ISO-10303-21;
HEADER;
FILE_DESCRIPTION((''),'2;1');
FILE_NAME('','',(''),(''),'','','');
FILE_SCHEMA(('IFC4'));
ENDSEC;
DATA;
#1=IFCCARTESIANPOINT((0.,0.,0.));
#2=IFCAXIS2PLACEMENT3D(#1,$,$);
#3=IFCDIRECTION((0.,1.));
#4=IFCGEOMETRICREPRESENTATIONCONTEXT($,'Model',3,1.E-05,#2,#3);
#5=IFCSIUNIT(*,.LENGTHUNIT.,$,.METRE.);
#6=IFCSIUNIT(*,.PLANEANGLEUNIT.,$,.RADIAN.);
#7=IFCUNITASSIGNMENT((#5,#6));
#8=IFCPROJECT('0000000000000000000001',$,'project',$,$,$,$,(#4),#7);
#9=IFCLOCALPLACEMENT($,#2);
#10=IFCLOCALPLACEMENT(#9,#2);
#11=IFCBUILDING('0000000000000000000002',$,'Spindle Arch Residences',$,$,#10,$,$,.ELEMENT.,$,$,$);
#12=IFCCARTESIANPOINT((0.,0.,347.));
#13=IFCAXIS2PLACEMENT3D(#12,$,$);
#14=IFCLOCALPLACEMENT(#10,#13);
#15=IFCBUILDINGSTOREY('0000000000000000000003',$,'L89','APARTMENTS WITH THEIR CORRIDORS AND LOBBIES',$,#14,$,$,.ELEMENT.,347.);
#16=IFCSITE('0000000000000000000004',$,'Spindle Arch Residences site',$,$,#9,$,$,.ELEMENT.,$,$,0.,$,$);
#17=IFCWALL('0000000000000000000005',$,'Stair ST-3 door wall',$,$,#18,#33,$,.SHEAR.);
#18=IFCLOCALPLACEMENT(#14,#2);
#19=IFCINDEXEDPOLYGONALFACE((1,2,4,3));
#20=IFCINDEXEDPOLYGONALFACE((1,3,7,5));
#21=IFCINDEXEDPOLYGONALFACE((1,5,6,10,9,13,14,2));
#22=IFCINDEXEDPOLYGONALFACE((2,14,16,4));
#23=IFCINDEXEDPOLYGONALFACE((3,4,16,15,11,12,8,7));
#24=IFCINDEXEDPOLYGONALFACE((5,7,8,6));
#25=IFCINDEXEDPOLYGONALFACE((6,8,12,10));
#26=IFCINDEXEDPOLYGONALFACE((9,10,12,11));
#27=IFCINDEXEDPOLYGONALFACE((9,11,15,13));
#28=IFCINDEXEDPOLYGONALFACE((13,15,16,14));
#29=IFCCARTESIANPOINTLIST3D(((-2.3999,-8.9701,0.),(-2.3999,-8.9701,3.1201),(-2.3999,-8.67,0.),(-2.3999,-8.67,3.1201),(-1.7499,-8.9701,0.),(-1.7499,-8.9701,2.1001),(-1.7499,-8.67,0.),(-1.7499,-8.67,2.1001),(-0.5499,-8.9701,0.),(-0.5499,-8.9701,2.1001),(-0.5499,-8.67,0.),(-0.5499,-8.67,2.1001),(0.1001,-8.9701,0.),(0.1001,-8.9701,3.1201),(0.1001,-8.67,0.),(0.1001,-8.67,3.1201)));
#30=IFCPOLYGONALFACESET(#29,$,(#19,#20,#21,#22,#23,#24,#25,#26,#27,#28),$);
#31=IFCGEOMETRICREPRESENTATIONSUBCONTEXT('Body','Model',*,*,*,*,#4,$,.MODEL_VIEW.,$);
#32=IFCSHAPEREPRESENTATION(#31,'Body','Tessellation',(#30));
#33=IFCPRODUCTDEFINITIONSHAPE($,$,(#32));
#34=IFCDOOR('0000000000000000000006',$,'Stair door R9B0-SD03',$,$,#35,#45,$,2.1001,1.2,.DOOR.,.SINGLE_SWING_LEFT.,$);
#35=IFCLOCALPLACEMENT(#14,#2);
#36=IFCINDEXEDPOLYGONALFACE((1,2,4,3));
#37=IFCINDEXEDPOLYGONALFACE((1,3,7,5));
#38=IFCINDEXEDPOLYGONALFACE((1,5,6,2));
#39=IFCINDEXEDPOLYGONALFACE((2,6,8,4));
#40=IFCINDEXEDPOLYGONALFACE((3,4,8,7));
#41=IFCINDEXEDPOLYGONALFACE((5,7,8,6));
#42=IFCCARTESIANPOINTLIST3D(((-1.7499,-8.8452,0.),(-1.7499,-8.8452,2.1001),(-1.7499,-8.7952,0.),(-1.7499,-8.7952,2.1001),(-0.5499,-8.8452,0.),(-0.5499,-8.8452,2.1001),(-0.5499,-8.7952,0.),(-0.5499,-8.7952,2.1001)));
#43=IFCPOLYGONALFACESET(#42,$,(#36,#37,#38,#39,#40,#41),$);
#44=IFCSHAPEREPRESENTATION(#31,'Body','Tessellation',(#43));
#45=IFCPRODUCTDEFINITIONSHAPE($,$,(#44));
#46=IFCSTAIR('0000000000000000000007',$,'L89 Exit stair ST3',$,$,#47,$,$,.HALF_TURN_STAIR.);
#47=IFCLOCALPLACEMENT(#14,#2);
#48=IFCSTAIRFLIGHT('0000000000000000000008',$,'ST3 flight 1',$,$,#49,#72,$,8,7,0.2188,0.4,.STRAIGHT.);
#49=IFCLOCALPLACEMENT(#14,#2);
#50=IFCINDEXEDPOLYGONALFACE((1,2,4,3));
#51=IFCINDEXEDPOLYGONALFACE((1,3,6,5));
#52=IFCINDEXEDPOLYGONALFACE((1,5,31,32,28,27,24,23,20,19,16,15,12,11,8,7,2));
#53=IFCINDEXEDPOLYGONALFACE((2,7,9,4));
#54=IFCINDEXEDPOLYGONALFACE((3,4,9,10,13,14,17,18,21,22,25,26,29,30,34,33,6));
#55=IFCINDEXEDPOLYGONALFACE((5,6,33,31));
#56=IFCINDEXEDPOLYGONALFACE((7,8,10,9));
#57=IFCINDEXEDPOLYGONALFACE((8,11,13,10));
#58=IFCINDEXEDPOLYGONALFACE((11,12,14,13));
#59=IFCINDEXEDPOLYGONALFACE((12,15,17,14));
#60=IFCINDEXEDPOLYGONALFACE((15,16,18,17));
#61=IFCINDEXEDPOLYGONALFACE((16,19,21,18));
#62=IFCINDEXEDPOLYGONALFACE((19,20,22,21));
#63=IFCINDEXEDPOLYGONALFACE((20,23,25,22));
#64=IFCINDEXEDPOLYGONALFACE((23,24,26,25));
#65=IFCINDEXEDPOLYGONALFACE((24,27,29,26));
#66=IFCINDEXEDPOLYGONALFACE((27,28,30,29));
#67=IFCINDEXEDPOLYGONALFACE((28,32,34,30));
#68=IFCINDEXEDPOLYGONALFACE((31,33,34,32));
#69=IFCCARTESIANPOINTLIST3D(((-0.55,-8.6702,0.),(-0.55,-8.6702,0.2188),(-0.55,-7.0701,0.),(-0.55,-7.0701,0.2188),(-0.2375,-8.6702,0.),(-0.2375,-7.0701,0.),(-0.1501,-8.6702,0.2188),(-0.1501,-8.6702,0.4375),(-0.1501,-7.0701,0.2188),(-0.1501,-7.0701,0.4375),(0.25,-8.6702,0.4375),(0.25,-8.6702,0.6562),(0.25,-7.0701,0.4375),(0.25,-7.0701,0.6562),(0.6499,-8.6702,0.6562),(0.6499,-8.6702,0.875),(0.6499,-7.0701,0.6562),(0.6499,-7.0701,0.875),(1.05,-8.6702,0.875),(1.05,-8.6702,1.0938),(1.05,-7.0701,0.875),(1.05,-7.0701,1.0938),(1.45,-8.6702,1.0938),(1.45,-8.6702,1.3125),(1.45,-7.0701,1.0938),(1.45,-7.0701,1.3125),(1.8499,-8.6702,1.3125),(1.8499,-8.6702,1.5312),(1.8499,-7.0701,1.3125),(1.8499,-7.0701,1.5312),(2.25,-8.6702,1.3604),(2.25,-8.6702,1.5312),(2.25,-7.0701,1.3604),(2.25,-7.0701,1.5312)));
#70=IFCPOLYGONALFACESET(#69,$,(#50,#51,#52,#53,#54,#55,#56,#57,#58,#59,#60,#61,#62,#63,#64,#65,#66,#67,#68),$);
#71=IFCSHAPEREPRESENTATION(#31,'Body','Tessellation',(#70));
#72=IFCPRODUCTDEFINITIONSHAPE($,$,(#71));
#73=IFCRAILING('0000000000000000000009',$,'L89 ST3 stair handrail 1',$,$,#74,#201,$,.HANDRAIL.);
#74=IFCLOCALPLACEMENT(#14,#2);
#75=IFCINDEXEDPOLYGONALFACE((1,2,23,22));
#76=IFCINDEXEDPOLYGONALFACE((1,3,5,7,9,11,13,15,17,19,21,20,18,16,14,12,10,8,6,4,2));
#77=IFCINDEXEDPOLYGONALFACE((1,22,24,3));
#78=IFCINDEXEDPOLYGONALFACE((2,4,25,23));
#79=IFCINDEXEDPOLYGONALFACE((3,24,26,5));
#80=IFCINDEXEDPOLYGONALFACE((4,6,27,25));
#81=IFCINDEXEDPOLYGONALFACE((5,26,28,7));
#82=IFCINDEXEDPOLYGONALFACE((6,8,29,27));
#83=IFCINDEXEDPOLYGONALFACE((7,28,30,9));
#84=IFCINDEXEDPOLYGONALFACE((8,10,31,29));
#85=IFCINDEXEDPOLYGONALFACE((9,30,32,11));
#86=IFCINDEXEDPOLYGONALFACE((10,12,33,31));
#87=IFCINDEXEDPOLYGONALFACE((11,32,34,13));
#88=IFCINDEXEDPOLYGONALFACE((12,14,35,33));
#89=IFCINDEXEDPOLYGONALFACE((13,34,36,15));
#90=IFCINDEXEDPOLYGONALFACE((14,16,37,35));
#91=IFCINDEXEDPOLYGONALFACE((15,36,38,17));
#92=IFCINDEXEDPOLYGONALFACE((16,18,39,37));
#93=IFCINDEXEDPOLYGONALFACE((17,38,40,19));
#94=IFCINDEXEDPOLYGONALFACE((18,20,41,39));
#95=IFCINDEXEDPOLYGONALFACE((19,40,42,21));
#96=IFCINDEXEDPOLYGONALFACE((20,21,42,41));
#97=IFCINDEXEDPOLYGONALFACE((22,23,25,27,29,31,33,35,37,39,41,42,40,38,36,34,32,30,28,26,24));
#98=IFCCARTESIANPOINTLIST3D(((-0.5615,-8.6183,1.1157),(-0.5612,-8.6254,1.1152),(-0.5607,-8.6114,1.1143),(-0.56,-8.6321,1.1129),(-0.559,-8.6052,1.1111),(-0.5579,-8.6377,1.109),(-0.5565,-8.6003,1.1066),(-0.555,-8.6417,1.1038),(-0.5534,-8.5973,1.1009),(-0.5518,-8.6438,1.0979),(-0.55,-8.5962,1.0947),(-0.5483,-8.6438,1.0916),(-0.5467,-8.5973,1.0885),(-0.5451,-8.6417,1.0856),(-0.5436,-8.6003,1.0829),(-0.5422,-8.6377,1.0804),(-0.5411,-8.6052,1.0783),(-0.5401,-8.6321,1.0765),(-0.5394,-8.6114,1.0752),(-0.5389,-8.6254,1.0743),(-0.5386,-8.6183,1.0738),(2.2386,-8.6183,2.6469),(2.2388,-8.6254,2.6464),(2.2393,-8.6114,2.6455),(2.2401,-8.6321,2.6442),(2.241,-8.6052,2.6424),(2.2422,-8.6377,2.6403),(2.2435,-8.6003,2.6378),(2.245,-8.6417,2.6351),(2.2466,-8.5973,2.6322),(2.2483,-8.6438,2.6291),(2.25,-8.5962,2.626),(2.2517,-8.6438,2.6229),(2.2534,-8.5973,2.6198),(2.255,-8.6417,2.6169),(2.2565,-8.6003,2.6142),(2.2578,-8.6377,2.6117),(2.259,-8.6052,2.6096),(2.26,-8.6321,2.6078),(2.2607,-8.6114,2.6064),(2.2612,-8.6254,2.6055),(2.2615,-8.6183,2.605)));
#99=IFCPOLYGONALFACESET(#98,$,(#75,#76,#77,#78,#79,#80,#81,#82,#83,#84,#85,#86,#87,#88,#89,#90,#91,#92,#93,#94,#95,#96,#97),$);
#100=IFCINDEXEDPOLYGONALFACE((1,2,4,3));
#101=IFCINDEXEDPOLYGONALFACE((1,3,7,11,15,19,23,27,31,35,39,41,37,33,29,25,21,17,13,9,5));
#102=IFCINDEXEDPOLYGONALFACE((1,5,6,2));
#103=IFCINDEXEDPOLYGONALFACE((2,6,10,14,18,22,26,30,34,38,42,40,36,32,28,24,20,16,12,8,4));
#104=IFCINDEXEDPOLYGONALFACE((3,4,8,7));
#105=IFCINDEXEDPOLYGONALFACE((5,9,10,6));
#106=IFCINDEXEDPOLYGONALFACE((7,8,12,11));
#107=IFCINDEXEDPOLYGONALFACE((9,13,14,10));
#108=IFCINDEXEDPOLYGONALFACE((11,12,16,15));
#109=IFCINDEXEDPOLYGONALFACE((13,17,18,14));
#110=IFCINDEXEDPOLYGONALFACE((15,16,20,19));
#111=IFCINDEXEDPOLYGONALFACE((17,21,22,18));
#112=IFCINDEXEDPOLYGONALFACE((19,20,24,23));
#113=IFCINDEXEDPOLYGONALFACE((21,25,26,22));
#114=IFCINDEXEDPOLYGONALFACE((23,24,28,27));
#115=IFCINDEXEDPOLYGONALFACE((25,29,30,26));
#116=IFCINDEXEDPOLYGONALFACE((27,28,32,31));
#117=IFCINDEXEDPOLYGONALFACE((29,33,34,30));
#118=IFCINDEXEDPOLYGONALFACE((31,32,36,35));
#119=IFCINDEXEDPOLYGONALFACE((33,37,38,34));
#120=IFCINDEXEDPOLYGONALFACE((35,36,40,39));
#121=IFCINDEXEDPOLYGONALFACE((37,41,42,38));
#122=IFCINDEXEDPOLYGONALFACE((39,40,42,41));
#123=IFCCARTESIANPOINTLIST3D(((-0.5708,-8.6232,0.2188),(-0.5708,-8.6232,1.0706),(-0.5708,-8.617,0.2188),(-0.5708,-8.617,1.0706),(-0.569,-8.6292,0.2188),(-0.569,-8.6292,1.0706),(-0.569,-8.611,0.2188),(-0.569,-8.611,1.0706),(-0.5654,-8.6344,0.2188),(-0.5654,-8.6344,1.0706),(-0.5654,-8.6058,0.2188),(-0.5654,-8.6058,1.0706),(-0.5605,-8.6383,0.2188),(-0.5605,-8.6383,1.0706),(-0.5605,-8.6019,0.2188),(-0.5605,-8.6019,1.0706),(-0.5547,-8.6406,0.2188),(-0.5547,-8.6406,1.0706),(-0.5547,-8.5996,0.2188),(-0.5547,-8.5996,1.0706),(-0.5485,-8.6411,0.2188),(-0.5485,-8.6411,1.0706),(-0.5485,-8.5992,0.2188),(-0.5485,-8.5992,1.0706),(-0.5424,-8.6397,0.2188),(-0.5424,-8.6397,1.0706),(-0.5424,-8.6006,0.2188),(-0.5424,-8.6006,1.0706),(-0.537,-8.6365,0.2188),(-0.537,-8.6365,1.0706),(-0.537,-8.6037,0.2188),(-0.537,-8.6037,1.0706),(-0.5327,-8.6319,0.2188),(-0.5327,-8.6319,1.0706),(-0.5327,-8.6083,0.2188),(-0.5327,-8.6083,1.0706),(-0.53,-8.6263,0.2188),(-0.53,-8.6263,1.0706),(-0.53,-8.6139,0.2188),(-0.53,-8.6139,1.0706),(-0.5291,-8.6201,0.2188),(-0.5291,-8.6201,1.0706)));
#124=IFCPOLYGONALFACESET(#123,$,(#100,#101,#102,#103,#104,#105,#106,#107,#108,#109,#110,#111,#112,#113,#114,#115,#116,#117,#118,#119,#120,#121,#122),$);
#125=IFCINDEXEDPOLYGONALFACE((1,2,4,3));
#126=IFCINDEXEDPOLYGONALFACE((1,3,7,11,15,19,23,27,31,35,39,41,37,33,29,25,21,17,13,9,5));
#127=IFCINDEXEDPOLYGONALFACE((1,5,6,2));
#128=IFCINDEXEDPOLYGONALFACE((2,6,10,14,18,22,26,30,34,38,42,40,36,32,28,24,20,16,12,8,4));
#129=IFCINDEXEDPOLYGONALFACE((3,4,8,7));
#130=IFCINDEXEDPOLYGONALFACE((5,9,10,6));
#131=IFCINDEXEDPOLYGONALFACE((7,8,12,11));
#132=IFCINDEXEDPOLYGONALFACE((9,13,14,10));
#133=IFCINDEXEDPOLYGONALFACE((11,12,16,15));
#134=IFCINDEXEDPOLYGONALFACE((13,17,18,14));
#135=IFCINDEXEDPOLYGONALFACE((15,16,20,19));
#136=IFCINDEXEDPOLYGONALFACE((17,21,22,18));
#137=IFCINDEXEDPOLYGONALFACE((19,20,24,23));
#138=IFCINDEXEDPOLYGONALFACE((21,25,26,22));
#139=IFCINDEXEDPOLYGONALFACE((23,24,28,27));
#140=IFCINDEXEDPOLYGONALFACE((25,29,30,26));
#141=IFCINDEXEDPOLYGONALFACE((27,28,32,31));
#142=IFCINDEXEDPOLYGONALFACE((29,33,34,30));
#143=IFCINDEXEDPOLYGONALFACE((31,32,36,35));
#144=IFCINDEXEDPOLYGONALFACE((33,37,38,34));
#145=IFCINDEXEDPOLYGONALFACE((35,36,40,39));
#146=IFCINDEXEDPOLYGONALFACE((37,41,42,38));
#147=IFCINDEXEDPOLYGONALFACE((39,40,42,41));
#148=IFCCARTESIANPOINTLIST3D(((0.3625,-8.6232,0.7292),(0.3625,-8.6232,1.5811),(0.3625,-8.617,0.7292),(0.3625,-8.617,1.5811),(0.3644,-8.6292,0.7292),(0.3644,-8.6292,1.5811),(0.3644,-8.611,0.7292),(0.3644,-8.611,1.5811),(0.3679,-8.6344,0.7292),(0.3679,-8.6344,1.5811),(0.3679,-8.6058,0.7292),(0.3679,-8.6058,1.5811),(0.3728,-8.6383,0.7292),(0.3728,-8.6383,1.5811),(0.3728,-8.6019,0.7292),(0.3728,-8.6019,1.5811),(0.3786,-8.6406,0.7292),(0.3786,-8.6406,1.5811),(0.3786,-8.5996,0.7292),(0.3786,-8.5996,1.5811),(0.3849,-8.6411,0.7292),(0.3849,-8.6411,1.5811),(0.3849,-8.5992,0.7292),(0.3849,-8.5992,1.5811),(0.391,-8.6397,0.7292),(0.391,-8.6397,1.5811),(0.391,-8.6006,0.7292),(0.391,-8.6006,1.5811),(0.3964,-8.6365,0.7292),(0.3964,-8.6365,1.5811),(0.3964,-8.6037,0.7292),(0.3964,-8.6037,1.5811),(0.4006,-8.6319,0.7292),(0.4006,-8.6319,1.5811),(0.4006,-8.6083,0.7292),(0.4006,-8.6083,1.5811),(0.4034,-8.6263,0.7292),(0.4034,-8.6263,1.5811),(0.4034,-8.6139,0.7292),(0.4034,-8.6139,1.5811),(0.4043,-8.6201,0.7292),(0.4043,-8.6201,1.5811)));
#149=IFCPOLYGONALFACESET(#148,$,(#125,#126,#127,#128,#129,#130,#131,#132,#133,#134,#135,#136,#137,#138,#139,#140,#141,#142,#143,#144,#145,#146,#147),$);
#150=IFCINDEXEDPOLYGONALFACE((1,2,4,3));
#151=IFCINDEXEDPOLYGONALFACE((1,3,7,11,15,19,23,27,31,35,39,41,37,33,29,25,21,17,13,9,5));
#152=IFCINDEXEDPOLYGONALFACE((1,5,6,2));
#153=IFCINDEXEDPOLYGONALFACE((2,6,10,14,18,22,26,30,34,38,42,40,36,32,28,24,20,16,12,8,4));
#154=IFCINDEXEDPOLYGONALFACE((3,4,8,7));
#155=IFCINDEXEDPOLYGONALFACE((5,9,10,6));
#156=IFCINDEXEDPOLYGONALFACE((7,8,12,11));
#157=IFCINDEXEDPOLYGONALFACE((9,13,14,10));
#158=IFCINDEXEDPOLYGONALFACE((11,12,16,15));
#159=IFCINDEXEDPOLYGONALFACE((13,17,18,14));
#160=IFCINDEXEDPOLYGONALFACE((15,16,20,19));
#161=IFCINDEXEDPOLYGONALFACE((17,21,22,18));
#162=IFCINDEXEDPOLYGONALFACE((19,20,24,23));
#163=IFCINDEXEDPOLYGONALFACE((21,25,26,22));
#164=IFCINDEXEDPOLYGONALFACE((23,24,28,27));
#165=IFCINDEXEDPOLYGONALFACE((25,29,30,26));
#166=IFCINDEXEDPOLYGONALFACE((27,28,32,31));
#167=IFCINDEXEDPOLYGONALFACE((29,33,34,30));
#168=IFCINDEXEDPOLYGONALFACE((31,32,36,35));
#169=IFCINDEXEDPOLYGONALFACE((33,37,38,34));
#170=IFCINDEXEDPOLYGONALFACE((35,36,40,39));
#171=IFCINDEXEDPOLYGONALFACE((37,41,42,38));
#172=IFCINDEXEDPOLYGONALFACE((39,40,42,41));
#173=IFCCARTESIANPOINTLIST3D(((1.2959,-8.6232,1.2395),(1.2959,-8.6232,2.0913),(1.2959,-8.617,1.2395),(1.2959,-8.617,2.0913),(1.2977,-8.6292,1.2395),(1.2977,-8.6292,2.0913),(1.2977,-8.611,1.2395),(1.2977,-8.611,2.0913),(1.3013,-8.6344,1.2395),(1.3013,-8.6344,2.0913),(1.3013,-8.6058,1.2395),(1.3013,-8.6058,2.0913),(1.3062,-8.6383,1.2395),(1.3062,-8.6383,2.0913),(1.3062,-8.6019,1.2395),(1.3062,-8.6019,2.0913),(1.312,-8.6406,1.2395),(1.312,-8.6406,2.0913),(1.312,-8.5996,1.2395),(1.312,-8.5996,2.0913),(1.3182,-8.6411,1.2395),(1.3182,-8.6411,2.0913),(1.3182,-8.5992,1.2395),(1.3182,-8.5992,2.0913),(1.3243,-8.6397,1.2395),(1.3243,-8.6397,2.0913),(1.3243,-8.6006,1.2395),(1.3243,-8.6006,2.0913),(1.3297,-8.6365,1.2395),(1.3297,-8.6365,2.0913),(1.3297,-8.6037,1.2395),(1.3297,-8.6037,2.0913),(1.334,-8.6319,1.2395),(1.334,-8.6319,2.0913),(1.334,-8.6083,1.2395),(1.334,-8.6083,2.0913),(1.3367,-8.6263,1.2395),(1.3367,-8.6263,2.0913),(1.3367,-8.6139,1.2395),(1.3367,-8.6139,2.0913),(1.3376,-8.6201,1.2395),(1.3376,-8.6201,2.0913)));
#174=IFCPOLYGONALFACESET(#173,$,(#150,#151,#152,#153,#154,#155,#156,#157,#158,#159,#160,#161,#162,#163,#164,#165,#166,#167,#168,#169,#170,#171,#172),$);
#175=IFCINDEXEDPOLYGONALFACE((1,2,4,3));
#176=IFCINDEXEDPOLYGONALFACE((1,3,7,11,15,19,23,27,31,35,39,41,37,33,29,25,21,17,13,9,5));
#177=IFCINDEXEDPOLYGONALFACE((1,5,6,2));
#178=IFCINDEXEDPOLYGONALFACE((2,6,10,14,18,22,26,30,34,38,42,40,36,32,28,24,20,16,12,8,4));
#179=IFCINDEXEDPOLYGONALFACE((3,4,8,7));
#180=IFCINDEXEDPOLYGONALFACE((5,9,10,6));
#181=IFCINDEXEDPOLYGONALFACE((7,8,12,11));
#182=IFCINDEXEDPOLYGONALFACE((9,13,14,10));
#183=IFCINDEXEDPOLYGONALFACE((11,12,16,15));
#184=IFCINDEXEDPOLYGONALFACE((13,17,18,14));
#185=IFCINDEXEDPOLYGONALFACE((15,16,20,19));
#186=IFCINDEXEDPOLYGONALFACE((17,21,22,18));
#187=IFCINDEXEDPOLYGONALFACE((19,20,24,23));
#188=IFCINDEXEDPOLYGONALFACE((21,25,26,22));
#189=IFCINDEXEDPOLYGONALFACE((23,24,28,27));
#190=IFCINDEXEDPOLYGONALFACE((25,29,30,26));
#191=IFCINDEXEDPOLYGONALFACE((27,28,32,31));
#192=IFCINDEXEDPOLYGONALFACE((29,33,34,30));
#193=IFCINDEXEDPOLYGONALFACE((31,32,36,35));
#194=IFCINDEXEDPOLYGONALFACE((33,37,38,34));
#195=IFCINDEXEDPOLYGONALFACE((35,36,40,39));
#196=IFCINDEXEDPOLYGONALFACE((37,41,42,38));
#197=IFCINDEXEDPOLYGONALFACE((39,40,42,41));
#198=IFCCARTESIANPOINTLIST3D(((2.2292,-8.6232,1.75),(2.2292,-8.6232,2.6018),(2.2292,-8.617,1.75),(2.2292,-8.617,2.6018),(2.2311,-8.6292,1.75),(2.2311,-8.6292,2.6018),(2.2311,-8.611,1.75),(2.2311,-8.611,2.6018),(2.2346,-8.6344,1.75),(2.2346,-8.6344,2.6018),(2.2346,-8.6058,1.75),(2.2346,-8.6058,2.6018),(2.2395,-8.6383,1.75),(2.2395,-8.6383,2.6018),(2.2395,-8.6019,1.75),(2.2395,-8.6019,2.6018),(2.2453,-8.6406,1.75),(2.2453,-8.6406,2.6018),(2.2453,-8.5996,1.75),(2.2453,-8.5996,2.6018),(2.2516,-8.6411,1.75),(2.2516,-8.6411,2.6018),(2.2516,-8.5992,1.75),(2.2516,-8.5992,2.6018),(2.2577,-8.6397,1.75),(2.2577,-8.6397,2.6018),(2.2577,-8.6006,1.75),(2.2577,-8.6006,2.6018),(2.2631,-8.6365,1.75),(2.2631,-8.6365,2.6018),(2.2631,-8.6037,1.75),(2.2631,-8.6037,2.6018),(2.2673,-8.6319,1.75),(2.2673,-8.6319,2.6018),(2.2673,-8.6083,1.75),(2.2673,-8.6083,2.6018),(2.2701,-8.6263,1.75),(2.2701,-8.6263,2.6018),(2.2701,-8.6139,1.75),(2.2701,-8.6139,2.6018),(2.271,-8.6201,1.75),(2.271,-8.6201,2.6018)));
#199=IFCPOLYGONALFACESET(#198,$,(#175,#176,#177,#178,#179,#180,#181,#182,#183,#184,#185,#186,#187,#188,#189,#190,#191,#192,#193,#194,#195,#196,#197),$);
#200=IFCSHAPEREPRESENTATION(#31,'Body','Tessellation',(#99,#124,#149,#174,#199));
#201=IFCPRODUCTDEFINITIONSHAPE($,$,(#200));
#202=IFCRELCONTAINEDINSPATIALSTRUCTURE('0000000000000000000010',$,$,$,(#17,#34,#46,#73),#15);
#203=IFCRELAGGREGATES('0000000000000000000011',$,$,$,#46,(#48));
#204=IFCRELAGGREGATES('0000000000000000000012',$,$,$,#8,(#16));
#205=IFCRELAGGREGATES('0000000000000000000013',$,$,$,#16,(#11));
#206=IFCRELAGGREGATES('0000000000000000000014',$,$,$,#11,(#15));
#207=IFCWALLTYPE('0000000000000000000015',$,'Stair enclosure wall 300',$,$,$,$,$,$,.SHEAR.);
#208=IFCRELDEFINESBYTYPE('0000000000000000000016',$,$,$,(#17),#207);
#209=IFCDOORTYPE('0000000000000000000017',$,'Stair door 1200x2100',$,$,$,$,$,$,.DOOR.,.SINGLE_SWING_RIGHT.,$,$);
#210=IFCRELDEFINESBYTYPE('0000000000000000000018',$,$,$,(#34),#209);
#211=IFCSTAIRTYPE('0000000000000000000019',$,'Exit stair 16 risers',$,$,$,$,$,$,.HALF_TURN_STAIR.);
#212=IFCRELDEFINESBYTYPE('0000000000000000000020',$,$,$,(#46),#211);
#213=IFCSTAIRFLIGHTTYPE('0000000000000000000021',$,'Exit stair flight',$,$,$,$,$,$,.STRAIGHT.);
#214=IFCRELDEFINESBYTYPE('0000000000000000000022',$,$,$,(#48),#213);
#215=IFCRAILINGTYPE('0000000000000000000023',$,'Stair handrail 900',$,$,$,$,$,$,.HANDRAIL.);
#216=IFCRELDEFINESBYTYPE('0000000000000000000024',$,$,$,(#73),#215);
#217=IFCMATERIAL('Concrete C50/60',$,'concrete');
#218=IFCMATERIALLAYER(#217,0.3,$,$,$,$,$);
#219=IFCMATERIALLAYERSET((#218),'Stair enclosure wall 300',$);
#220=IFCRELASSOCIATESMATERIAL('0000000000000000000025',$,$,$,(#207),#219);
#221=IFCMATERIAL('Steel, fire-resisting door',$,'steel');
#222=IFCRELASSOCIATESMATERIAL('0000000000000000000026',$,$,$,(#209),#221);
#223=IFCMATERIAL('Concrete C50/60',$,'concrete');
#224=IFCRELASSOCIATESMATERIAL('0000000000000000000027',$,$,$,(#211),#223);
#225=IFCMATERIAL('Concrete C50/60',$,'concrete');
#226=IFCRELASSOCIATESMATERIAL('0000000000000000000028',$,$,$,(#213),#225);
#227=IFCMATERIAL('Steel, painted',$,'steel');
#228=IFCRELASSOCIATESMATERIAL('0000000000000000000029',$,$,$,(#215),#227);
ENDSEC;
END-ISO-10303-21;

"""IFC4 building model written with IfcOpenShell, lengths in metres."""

from ifc_helpers import new_model, si_unit, direction, frame, frame_2d, origin, origin_2d, place, context, subcontext, project, spatial, polyline, rectangle, circle, outline, extrude, material, layer, layer_set, type_object, element, fill, aggregate, save


model = new_model("IFC4")

# Units and contexts
model_context = context("Model", 3, precision=1e-05, world=origin(), true_north=direction((0.0, 1.0)))
body_context = subcontext(model_context, "Body", "Model", "MODEL_VIEW")
ifc_project = project(units=[si_unit("LENGTHUNIT", "METRE"), si_unit("PLANEANGLEUNIT", "RADIAN")], contexts=[model_context])

# Site, building, storey
site_placement = place(None, origin())
site = spatial("IfcSite", under=ifc_project, at=site_placement, Name="Spindle Arch Residences site", CompositionType="ELEMENT", RefElevation=0.0)
building_placement = place(site_placement, origin())
building = spatial("IfcBuilding", under=site, at=building_placement, Name="Spindle Arch Residences", CompositionType="ELEMENT")
storey_placement = place(building_placement, frame((0.0, 0.0, 347.0)))
storey = spatial("IfcBuildingStorey", under=building, at=storey_placement, Name="L89", Description="APARTMENTS WITH THEIR CORRIDORS AND LOBBIES", CompositionType="ELEMENT", Elevation=347.0)

# Wall, opening, door
ifc_material_1 = material(Name="Concrete C50/60", Category="concrete")
ifc_layer_1 = layer(ifc_material_1, 0.3)
ifc_layer_set_1 = layer_set([ifc_layer_1], Name="Stair enclosure wall 300")
wall_type_1 = type_object("IfcWallType", Name="Stair enclosure wall 300", PredefinedType="SHEAR", material=ifc_layer_set_1)
wall_1_placement = place(storey_placement, frame((-2.3999, -8.8201, 0.0), z_axis=(0.0, 0.0, 1.0), x_axis=(1.0, 0.0, 0.0)))
wall_1 = element("IfcWall", 1, at=wall_1_placement, inside=storey, type_object=wall_type_1, Name="Stair ST-3 door wall", PredefinedType="SHEAR", context=body_context, shape_type="SweptSolid", body=[
    extrude(rectangle(XDim=2.5, YDim=0.3, at=frame_2d((1.25, 0.0))), origin(), (0.0, 0.0, 1.0), 3.1201),
])
opening_1_placement = place(wall_1_placement, frame((0.6499, 0.0, 0.0)))
opening_1 = element("IfcOpeningElement", 2, at=opening_1_placement, cuts=wall_1, PredefinedType="OPENING", context=body_context, shape_type="SweptSolid", body=[
    extrude(rectangle(XDim=1.2, YDim=2.1001, at=frame_2d((0.6001, 1.05))), frame((0.0, 0.1602, 0.0), z_axis=(0.0, -1.0, 0.0), x_axis=(1.0, 0.0, 0.0)), (0.0, 0.0, 1.0), 0.3201),
])
ifc_material_2 = material(Name="Steel, fire-resisting door", Category="steel")
door_type_1 = type_object("IfcDoorType", Name="Stair door 1200x2100", OperationType="SINGLE_SWING_RIGHT", PredefinedType="DOOR", material=ifc_material_2)
door_1_placement = place(opening_1_placement, origin())
door_1 = element("IfcDoor", 3, at=door_1_placement, inside=storey, type_object=door_type_1, Name="Stair door R9B0-SD03", OperationType="SINGLE_SWING_LEFT", OverallHeight=2.1001, OverallWidth=1.2, PredefinedType="DOOR", context=body_context, shape_type="SweptSolid", body=[
    extrude(rectangle(XDim=1.2, YDim=2.1001, at=frame_2d((0.6001, 1.05))), frame((0.0, 0.0249, 0.0), z_axis=(0.0, -1.0, 0.0), x_axis=(1.0, 0.0, 0.0)), (0.0, 0.0, 1.0), 0.05),
])
fill(opening_1, door_1)

# Stair, stair flight
ifc_material_3 = material(Name="Concrete C50/60", Category="concrete")
stair_type = type_object("IfcStairType", Name="Exit stair 16 risers", PredefinedType="HALF_TURN_STAIR", material=ifc_material_3)
stair_placement = place(storey_placement, origin())
stair = element("IfcStair", 4, at=stair_placement, inside=storey, type_object=stair_type, Name="L89 Exit stair ST3", PredefinedType="HALF_TURN_STAIR")
ifc_material_4 = material(Name="Concrete C50/60", Category="concrete")
stair_flight_type = type_object("IfcStairFlightType", Name="Exit stair flight", PredefinedType="STRAIGHT", material=ifc_material_4)
stair_flight_placement = place(storey_placement, frame((-0.55, -7.8701, 0.0), z_axis=(0.0, 0.0, 1.0), x_axis=(1.0, 0.0, 0.0)))
stair_flight = element("IfcStairFlight", 5, at=stair_flight_placement, type_object=stair_flight_type, Name="ST3 flight 1", NumberOfRisers=8, NumberOfTreads=7, PredefinedType="STRAIGHT", RiserHeight=0.2188, TreadLength=0.4, context=body_context, shape_type="SweptSolid", body=[
    extrude(outline(polyline([(0.0, 0.0), (0.0, 0.2188), (0.3999, 0.2188), (0.3999, 0.4375), (0.8, 0.4375), (0.8, 0.6562), (1.2, 0.6562), (1.2, 0.875), (1.6001, 0.875), (1.6001, 1.0938), (2.0, 1.0938), (2.0, 1.3125), (2.3999, 1.3125), (2.3999, 1.5312), (2.8, 1.5312), (2.8, 1.75), (2.8, 1.3604), (0.3125, 0.0), (0.0, 0.0)])), frame((0.0, 0.8, 0.0), z_axis=(0.0, -1.0, 0.0), x_axis=(1.0, 0.0, 0.0)), (0.0, 0.0, 1.0), 1.6001),
])
aggregate(stair, [stair_flight])

# Railing
ifc_material_5 = material(Name="Steel, painted", Category="steel")
railing_type = type_object("IfcRailingType", Name="Stair handrail 900", PredefinedType="HANDRAIL", material=ifc_material_5)
railing_placement = place(storey_placement, frame((-0.55, -8.6201, 0.2188)))
element("IfcRailing", 6, at=railing_placement, inside=storey, type_object=railing_type, Name="L89 ST3 stair handrail 1", PredefinedType="HANDRAIL", context=body_context, shape_type="SweptSolid", body=[
    extrude(circle(Radius=0.0239, at=origin_2d()), frame((0.0, 0.0, 0.876), z_axis=(0.877375, 0.0, 0.479806), x_axis=(0.0, 1.0, 0.0)), (0.0, 0.0, 1.0), 3.1914),
    extrude(circle(Radius=0.021, at=origin_2d()), origin(), (0.0, 0.0, 1.0), 0.8518),
    extrude(circle(Radius=0.021, at=origin_2d()), frame((0.9333, 0.0, 0.5105)), (0.0, 0.0, 1.0), 0.8518),
    extrude(circle(Radius=0.021, at=origin_2d()), frame((1.8667, 0.0, 1.0208)), (0.0, 0.0, 1.0), 0.8518),
    extrude(circle(Radius=0.021, at=origin_2d()), frame((2.8, 0.0, 1.5312)), (0.0, 0.0, 1.0), 0.8518),
])

save(model, "model.ifc")
